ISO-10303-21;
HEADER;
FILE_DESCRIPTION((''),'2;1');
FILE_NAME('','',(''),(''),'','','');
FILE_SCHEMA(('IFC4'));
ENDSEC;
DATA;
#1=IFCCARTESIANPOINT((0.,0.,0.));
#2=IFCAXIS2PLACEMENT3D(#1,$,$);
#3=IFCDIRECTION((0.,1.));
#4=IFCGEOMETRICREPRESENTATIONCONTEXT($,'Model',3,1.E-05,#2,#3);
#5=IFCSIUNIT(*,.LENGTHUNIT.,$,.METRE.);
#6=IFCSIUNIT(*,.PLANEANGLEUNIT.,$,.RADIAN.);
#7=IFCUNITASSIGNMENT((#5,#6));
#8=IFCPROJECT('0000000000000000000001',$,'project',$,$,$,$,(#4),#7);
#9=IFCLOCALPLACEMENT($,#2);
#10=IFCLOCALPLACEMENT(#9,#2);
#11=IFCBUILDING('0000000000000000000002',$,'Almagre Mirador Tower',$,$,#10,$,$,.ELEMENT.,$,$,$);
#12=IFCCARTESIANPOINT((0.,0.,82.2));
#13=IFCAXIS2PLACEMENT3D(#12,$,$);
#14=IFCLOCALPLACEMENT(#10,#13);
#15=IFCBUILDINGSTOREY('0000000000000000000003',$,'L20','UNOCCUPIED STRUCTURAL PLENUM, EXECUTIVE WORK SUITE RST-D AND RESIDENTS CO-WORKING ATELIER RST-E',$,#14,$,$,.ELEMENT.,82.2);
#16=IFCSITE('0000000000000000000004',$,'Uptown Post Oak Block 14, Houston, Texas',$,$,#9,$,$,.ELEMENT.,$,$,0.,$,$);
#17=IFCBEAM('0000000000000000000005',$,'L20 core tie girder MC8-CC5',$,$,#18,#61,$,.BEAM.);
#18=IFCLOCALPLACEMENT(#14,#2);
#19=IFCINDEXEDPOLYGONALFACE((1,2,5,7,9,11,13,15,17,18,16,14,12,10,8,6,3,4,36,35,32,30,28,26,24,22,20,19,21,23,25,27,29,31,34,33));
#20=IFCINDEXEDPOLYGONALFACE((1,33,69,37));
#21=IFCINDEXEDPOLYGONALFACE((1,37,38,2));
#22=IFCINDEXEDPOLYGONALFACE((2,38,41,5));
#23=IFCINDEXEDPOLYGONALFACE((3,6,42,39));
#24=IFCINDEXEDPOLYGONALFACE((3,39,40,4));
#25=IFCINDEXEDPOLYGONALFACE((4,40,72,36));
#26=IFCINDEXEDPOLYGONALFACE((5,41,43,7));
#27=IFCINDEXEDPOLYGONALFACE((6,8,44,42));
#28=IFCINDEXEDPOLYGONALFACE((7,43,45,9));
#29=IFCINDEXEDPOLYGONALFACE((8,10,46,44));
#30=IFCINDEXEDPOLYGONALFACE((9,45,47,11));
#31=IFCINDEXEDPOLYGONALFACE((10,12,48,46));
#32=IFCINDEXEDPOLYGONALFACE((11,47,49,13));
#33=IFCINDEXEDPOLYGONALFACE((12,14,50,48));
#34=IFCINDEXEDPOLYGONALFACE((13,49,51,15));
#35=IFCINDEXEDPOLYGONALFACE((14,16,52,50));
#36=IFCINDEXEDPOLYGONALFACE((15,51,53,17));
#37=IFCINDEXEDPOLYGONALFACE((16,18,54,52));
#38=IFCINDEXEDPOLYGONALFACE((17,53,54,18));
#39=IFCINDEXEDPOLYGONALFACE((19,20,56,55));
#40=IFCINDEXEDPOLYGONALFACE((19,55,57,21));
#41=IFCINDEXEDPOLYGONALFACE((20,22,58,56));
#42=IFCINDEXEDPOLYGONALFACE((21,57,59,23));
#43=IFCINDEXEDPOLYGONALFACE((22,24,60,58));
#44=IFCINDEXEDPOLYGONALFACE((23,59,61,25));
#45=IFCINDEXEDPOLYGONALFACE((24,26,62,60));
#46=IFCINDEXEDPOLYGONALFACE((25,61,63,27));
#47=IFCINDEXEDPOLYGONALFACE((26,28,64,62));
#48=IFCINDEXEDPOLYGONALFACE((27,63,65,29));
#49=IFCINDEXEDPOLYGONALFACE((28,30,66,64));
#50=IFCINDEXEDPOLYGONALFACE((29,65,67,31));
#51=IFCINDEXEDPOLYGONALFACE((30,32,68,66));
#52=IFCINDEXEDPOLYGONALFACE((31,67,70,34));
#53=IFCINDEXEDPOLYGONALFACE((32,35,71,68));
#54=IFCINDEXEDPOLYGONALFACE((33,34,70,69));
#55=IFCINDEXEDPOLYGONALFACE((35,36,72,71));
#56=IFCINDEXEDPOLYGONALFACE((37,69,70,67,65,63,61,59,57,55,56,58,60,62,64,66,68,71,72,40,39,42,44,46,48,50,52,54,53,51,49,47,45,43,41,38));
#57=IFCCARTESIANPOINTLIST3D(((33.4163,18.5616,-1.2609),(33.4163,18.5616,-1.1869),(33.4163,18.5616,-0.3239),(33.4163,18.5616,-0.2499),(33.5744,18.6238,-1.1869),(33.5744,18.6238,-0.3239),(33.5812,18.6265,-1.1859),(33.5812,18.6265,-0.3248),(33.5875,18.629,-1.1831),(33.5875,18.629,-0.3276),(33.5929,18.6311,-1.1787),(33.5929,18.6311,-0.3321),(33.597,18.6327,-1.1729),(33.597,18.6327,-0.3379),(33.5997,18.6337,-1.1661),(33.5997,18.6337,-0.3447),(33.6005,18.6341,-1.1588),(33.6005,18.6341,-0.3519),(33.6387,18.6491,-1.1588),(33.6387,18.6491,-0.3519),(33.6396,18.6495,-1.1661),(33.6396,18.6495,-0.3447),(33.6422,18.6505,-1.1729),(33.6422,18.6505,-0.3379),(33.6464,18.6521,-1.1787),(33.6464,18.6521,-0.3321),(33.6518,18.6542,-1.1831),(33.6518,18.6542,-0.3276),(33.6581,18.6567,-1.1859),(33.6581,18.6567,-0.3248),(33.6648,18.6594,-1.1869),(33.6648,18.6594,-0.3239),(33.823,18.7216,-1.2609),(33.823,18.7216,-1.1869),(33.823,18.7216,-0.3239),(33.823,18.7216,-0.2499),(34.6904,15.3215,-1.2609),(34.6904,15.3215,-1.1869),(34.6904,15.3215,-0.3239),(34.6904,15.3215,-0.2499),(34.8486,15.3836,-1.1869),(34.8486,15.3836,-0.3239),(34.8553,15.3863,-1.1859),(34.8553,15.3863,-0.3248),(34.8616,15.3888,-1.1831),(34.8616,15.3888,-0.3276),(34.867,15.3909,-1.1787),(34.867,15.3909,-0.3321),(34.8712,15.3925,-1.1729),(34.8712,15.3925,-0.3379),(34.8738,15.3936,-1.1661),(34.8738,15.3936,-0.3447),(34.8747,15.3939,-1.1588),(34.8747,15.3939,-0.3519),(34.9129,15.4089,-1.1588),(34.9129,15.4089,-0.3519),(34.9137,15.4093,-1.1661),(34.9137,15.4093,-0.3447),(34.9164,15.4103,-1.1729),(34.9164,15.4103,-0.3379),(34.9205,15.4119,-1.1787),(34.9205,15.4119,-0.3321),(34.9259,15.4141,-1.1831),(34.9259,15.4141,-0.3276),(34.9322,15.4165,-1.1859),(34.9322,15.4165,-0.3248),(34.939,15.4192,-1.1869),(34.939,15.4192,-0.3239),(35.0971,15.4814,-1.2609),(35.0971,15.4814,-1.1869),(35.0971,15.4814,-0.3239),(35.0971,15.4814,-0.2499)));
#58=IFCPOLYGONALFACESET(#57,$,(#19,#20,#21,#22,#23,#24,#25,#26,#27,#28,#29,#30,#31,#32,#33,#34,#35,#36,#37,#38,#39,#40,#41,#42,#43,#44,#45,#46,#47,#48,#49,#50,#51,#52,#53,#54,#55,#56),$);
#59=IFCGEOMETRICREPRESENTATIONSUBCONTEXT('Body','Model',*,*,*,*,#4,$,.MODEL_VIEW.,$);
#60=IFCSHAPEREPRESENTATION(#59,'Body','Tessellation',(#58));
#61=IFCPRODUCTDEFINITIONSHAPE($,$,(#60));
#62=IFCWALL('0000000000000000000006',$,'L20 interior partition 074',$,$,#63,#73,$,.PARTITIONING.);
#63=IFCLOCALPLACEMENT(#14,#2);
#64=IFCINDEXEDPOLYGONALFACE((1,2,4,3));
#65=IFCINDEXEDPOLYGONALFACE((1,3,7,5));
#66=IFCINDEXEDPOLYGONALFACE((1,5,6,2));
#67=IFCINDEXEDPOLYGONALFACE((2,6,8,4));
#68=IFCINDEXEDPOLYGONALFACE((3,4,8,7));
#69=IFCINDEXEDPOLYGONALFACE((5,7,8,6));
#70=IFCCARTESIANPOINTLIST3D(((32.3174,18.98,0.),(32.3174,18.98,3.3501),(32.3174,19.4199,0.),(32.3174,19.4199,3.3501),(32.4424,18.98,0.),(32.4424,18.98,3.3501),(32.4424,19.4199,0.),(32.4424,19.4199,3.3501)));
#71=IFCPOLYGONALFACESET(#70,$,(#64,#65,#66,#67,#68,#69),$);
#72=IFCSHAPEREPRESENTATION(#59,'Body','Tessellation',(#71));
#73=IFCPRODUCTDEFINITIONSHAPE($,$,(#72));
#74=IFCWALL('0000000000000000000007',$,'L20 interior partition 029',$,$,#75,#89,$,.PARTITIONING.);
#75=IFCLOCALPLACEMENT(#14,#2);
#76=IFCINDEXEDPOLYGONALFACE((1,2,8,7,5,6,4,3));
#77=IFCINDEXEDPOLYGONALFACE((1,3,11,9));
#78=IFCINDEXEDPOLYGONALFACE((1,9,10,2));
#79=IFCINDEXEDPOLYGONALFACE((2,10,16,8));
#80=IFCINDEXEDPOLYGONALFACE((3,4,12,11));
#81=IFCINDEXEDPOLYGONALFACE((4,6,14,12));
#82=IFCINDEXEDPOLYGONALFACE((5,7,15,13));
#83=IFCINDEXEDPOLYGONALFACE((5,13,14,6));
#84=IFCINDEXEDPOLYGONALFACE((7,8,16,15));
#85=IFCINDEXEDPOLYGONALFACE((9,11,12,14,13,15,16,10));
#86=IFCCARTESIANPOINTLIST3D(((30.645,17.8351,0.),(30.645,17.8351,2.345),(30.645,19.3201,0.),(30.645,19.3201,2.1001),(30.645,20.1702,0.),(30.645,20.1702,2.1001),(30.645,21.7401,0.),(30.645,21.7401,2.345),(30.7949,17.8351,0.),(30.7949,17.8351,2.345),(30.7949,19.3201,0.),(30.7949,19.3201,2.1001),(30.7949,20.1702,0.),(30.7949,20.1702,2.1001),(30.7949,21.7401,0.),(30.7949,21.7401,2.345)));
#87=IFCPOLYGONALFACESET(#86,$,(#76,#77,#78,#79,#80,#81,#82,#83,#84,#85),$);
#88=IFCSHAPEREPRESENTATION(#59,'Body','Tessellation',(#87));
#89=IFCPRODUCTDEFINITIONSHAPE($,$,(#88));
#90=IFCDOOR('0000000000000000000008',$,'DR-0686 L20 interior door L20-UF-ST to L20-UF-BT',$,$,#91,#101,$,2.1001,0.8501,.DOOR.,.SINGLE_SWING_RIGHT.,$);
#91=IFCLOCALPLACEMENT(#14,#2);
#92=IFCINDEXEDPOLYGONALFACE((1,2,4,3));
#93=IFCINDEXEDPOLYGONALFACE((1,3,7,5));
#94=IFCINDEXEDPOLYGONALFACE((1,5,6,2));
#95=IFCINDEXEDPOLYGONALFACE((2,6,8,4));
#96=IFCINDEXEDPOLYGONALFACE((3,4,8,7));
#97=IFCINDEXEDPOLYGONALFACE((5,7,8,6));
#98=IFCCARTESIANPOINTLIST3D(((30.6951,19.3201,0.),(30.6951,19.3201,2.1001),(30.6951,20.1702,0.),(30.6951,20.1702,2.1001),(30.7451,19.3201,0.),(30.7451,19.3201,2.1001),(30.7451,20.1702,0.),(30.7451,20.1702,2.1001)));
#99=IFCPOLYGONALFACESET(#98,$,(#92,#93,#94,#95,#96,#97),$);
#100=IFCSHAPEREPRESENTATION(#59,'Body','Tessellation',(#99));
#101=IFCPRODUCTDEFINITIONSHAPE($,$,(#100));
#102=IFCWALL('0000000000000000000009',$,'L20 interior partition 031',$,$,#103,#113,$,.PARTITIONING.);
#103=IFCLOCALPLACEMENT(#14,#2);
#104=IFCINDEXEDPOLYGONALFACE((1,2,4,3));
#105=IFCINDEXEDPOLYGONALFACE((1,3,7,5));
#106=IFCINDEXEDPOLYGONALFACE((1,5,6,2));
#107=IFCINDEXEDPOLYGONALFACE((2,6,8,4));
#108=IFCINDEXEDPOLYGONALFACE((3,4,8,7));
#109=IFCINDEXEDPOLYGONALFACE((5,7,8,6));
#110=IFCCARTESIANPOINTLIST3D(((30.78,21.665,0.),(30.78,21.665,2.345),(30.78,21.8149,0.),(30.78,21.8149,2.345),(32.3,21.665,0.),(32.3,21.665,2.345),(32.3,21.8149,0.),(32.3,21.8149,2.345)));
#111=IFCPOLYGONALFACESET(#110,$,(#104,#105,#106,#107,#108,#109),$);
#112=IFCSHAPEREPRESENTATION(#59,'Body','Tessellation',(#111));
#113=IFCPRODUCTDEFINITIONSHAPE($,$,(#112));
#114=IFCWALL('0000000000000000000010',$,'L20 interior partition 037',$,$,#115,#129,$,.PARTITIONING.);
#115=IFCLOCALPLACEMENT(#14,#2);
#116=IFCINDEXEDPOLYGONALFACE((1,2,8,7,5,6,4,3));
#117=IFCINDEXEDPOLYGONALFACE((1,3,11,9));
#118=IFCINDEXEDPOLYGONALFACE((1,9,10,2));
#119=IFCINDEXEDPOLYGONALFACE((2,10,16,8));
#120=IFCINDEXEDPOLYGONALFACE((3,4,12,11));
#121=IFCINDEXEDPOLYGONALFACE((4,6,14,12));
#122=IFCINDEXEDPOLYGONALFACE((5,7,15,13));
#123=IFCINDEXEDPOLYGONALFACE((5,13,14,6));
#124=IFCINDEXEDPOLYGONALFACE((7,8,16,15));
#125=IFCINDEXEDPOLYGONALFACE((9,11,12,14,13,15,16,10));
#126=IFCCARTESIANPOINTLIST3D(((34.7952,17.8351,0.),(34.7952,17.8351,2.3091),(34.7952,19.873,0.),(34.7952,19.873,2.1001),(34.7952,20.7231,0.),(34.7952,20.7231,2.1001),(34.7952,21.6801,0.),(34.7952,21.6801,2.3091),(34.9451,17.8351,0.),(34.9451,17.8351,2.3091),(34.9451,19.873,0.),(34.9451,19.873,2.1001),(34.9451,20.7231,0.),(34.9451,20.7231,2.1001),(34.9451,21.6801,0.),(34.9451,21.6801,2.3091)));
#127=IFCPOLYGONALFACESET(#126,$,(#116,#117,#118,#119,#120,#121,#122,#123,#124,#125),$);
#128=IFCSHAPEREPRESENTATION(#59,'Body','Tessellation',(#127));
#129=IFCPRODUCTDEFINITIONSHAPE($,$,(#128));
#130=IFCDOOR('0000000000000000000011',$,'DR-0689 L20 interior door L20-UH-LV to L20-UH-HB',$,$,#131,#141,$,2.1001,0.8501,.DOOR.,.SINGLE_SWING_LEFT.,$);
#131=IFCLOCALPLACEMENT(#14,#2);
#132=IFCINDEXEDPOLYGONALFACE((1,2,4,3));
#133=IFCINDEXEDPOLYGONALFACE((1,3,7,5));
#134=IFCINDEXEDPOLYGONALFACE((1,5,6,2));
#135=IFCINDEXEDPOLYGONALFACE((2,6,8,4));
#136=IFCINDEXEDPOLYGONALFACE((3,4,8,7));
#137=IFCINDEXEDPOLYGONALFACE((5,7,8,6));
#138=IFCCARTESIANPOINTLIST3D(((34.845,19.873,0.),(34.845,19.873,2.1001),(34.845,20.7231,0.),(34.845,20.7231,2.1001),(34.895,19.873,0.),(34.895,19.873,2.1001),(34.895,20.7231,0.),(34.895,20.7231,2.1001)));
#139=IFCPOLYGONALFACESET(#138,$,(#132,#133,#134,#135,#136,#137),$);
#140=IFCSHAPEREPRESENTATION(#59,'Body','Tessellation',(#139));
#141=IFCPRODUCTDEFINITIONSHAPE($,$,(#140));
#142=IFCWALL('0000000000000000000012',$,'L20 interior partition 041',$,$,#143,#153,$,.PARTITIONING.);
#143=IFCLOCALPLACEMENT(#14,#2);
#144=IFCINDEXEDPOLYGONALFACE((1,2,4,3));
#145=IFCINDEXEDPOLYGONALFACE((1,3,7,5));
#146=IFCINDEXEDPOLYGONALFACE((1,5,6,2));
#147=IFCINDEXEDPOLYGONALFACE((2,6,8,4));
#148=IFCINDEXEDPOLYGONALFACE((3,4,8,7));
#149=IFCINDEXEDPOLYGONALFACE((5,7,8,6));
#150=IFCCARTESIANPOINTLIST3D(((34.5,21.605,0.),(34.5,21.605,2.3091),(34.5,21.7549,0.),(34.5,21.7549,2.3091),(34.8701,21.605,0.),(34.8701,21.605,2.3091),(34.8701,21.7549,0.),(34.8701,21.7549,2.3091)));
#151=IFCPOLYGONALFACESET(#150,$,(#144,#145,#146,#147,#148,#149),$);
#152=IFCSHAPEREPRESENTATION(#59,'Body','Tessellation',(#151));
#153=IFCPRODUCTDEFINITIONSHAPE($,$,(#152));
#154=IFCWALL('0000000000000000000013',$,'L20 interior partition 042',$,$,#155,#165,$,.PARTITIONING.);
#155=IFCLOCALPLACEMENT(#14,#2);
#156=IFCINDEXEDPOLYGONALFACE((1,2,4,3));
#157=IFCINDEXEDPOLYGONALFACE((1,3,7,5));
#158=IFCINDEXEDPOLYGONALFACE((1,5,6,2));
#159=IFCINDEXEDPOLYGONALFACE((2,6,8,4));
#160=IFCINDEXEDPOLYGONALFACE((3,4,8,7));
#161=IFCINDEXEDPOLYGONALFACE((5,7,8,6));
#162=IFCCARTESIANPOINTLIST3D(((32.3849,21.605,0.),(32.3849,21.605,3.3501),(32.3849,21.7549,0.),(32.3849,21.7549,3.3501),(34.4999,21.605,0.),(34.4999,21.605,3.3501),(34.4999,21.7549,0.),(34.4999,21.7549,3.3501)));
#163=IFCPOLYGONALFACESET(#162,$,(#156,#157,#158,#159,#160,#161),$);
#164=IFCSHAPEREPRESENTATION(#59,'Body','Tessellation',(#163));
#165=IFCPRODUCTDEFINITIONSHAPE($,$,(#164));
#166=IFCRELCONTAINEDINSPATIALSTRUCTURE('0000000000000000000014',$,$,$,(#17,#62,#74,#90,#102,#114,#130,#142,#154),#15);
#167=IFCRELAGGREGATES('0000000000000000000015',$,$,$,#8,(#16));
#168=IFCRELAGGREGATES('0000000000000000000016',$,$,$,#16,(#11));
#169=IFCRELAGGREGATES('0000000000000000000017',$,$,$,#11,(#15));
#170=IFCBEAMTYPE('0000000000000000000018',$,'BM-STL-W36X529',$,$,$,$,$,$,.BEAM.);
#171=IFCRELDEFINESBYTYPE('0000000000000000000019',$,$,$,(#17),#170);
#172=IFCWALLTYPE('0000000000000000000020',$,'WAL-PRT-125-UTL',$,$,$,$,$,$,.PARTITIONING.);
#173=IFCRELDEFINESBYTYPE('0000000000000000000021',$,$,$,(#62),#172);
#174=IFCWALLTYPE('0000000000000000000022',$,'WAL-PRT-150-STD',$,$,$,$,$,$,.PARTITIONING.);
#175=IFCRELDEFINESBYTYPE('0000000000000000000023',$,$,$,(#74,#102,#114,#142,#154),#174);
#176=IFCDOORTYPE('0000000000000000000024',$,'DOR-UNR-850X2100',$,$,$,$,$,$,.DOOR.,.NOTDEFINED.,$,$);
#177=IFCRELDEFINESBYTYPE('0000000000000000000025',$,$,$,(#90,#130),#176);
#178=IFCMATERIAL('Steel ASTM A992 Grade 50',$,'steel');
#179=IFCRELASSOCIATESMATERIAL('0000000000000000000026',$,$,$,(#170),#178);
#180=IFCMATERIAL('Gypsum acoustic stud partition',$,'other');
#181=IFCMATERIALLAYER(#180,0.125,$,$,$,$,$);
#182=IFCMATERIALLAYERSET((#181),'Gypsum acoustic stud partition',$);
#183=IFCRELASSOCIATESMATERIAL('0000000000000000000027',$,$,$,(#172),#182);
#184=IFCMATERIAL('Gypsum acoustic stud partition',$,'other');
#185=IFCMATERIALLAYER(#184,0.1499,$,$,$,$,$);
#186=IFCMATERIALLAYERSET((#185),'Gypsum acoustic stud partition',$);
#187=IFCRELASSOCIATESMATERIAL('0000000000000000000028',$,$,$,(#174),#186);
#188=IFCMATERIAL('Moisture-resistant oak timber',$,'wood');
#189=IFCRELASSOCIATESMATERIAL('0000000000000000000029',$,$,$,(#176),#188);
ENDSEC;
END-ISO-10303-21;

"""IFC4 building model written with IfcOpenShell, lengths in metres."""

from ifc_helpers import new_model, si_unit, direction, frame, frame_2d, origin, origin_2d, place, context, subcontext, project, spatial, rectangle, i_section, extrude, material, layer, layer_set, material_profile, profile_set, type_object, element, fill, save


model = new_model("IFC4")

# Units and contexts
model_context = context("Model", 3, precision=1e-05, world=origin(), true_north=direction((0.0, 1.0)))
body_context = subcontext(model_context, "Body", "Model", "MODEL_VIEW")
ifc_project = project(units=[si_unit("LENGTHUNIT", "METRE"), si_unit("PLANEANGLEUNIT", "RADIAN")], contexts=[model_context])

# Site, building, storey
site_placement = place(None, origin())
site = spatial("IfcSite", under=ifc_project, at=site_placement, Name="Uptown Post Oak Block 14, Houston, Texas", CompositionType="ELEMENT", RefElevation=0.0)
building_placement = place(site_placement, origin())
building = spatial("IfcBuilding", under=site, at=building_placement, Name="Almagre Mirador Tower", CompositionType="ELEMENT")
storey_placement = place(building_placement, frame((0.0, 0.0, 82.2)))
storey = spatial("IfcBuildingStorey", under=building, at=storey_placement, Name="L20", Description="UNOCCUPIED STRUCTURAL PLENUM, EXECUTIVE WORK SUITE RST-D AND RESIDENTS CO-WORKING ATELIER RST-E", CompositionType="ELEMENT", Elevation=82.2)

# Beam
ifc_material_1 = material(Name="Steel ASTM A992 Grade 50", Category="steel")
ifc_material_profile_1 = material_profile(ifc_material_1, i_section(OverallWidth=0.437, OverallDepth=1.011, WebThickness=0.041, FlangeThickness=0.074, FilletRadius=0.0281, at=origin_2d()), Name="W36X529")
ifc_profile_set_1 = profile_set([ifc_material_profile_1], Name="Steel ASTM A992 Grade 50")
beam_type_1 = type_object("IfcBeamType", Name="BM-STL-W36X529", PredefinedType="BEAM", material=ifc_profile_set_1)
beam_1_placement = place(storey_placement, frame((33.6196, 18.6416, -0.7554), z_axis=(0.365956, -0.930632, 0.0), x_axis=(0.930632, 0.365956, 0.0)))
element("IfcBeam", 1, at=beam_1_placement, inside=storey, type_object=beam_type_1, Name="L20 core tie girder MC8-CC5", PredefinedType="BEAM", context=body_context, shape_type="SweptSolid", body=[
    extrude(i_section(OverallWidth=0.437, OverallDepth=1.011, WebThickness=0.041, FlangeThickness=0.074, FilletRadius=0.0281, at=origin_2d()), origin(), (0.0, 0.0, 1.0), 3.4817),
])

# Wall
ifc_material_2 = material(Name="Gypsum acoustic stud partition", Category="other")
ifc_layer_1 = layer(ifc_material_2, 0.125)
ifc_layer_set_1 = layer_set([ifc_layer_1], Name="Gypsum acoustic stud partition")
wall_type_1 = type_object("IfcWallType", Name="WAL-PRT-125-UTL", PredefinedType="PARTITIONING", material=ifc_layer_set_1)
wall_1_placement = place(storey_placement, frame((32.3799, 18.98, 0.0), z_axis=(0.0, 0.0, 1.0), x_axis=(0.0, 1.0, 0.0)))
element("IfcWall", 2, at=wall_1_placement, inside=storey, type_object=wall_type_1, Name="L20 interior partition 074", PredefinedType="PARTITIONING", context=body_context, shape_type="SweptSolid", body=[
    extrude(rectangle(XDim=0.4399, YDim=0.125, at=frame_2d((0.22, 0.0))), origin(), (0.0, 0.0, 1.0), 3.3501),
])

# Wall, opening, door
ifc_material_3 = material(Name="Gypsum acoustic stud partition", Category="other")
ifc_layer_2 = layer(ifc_material_3, 0.1499)
ifc_layer_set_2 = layer_set([ifc_layer_2], Name="Gypsum acoustic stud partition")
wall_type_2 = type_object("IfcWallType", Name="WAL-PRT-150-STD", PredefinedType="PARTITIONING", material=ifc_layer_set_2)
wall_2_placement = place(storey_placement, frame((30.72, 17.835, 0.0), z_axis=(0.0, 0.0, 1.0), x_axis=(0.0, 1.0, 0.0)))
wall_2 = element("IfcWall", 3, at=wall_2_placement, inside=storey, type_object=wall_type_2, Name="L20 interior partition 029", PredefinedType="PARTITIONING", context=body_context, shape_type="SweptSolid", body=[
    extrude(rectangle(XDim=3.905, YDim=0.1499, at=frame_2d((1.9526, 0.0))), origin(), (0.0, 0.0, 1.0), 2.345),
])
opening_1_placement = place(wall_2_placement, frame((1.4851, 0.0, 0.0)))
opening_1 = element("IfcOpeningElement", 4, at=opening_1_placement, cuts=wall_2, PredefinedType="OPENING", context=body_context, shape_type="SweptSolid", body=[
    extrude(rectangle(XDim=0.8501, YDim=2.1001, at=frame_2d((0.425, 1.05))), frame((0.0, 0.085, 0.0), z_axis=(0.0, -1.0, 0.0), x_axis=(1.0, 0.0, 0.0)), (0.0, 0.0, 1.0), 0.1699),
])
ifc_material_4 = material(Name="Moisture-resistant oak timber", Category="wood")
door_type_1 = type_object("IfcDoorType", Name="DOR-UNR-850X2100", OperationType="NOTDEFINED", PredefinedType="DOOR", material=ifc_material_4)
door_1_placement = place(opening_1_placement, origin())
door_1 = element("IfcDoor", 5, at=door_1_placement, inside=storey, type_object=door_type_1, Name="DR-0686 L20 interior door L20-UF-ST to L20-UF-BT", OperationType="SINGLE_SWING_RIGHT", OverallHeight=2.1001, OverallWidth=0.8501, PredefinedType="DOOR", context=body_context, shape_type="SweptSolid", body=[
    extrude(rectangle(XDim=0.8501, YDim=2.1001, at=frame_2d((0.425, 1.05))), frame((0.0, 0.0249, 0.0), z_axis=(0.0, -1.0, 0.0), x_axis=(1.0, 0.0, 0.0)), (0.0, 0.0, 1.0), 0.05),
])
fill(opening_1, door_1)

# Wall
wall_3_placement = place(storey_placement, frame((30.78, 21.74, 0.0), z_axis=(0.0, 0.0, 1.0), x_axis=(1.0, 0.0, 0.0)))
element("IfcWall", 6, at=wall_3_placement, inside=storey, type_object=wall_type_2, Name="L20 interior partition 031", PredefinedType="PARTITIONING", context=body_context, shape_type="SweptSolid", body=[
    extrude(rectangle(XDim=1.52, YDim=0.1499, at=frame_2d((0.76, 0.0))), origin(), (0.0, 0.0, 1.0), 2.345),
])

# Wall, opening, door
wall_4_placement = place(storey_placement, frame((34.8701, 21.6799, 0.0), z_axis=(0.0, 0.0, 1.0), x_axis=(0.0, -1.0, 0.0)))
wall_4 = element("IfcWall", 7, at=wall_4_placement, inside=storey, type_object=wall_type_2, Name="L20 interior partition 037", PredefinedType="PARTITIONING", context=body_context, shape_type="SweptSolid", body=[
    extrude(rectangle(XDim=3.845, YDim=0.1499, at=frame_2d((1.9224, 0.0))), origin(), (0.0, 0.0, 1.0), 2.3091),
])
opening_2_placement = place(wall_4_placement, frame((0.9568, 0.0, 0.0)))
opening_2 = element("IfcOpeningElement", 8, at=opening_2_placement, cuts=wall_4, PredefinedType="OPENING", context=body_context, shape_type="SweptSolid", body=[
    extrude(rectangle(XDim=0.8501, YDim=2.1001, at=frame_2d((0.425, 1.05))), frame((0.0, 0.085, 0.0), z_axis=(0.0, -1.0, 0.0), x_axis=(1.0, 0.0, 0.0)), (0.0, 0.0, 1.0), 0.1699),
])
door_2_placement = place(opening_2_placement, origin())
door_2 = element("IfcDoor", 9, at=door_2_placement, inside=storey, type_object=door_type_1, Name="DR-0689 L20 interior door L20-UH-LV to L20-UH-HB", OperationType="SINGLE_SWING_LEFT", OverallHeight=2.1001, OverallWidth=0.8501, PredefinedType="DOOR", context=body_context, shape_type="SweptSolid", body=[
    extrude(rectangle(XDim=0.8501, YDim=2.1001, at=frame_2d((0.425, 1.05))), frame((0.0, 0.0249, 0.0), z_axis=(0.0, -1.0, 0.0), x_axis=(1.0, 0.0, 0.0)), (0.0, 0.0, 1.0), 0.05),
])
fill(opening_2, door_2)

# Walls
wall_5_placement = place(storey_placement, frame((34.8701, 21.6799, 0.0), z_axis=(0.0, 0.0, 1.0), x_axis=(-1.0, 0.0, 0.0)))
element("IfcWall", 10, at=wall_5_placement, inside=storey, type_object=wall_type_2, Name="L20 interior partition 041", PredefinedType="PARTITIONING", context=body_context, shape_type="SweptSolid", body=[
    extrude(rectangle(XDim=0.3701, YDim=0.1499, at=frame_2d((0.1851, 0.0))), origin(), (0.0, 0.0, 1.0), 2.3091),
])
wall_6_placement = place(storey_placement, frame((34.5, 21.6799, 0.0), z_axis=(0.0, 0.0, 1.0), x_axis=(-1.0, 0.0, 0.0)))
element("IfcWall", 11, at=wall_6_placement, inside=storey, type_object=wall_type_2, Name="L20 interior partition 042", PredefinedType="PARTITIONING", context=body_context, shape_type="SweptSolid", body=[
    extrude(rectangle(XDim=2.115, YDim=0.1499, at=frame_2d((1.0576, 0.0))), origin(), (0.0, 0.0, 1.0), 3.3501),
])

save(model, "model.ifc")
